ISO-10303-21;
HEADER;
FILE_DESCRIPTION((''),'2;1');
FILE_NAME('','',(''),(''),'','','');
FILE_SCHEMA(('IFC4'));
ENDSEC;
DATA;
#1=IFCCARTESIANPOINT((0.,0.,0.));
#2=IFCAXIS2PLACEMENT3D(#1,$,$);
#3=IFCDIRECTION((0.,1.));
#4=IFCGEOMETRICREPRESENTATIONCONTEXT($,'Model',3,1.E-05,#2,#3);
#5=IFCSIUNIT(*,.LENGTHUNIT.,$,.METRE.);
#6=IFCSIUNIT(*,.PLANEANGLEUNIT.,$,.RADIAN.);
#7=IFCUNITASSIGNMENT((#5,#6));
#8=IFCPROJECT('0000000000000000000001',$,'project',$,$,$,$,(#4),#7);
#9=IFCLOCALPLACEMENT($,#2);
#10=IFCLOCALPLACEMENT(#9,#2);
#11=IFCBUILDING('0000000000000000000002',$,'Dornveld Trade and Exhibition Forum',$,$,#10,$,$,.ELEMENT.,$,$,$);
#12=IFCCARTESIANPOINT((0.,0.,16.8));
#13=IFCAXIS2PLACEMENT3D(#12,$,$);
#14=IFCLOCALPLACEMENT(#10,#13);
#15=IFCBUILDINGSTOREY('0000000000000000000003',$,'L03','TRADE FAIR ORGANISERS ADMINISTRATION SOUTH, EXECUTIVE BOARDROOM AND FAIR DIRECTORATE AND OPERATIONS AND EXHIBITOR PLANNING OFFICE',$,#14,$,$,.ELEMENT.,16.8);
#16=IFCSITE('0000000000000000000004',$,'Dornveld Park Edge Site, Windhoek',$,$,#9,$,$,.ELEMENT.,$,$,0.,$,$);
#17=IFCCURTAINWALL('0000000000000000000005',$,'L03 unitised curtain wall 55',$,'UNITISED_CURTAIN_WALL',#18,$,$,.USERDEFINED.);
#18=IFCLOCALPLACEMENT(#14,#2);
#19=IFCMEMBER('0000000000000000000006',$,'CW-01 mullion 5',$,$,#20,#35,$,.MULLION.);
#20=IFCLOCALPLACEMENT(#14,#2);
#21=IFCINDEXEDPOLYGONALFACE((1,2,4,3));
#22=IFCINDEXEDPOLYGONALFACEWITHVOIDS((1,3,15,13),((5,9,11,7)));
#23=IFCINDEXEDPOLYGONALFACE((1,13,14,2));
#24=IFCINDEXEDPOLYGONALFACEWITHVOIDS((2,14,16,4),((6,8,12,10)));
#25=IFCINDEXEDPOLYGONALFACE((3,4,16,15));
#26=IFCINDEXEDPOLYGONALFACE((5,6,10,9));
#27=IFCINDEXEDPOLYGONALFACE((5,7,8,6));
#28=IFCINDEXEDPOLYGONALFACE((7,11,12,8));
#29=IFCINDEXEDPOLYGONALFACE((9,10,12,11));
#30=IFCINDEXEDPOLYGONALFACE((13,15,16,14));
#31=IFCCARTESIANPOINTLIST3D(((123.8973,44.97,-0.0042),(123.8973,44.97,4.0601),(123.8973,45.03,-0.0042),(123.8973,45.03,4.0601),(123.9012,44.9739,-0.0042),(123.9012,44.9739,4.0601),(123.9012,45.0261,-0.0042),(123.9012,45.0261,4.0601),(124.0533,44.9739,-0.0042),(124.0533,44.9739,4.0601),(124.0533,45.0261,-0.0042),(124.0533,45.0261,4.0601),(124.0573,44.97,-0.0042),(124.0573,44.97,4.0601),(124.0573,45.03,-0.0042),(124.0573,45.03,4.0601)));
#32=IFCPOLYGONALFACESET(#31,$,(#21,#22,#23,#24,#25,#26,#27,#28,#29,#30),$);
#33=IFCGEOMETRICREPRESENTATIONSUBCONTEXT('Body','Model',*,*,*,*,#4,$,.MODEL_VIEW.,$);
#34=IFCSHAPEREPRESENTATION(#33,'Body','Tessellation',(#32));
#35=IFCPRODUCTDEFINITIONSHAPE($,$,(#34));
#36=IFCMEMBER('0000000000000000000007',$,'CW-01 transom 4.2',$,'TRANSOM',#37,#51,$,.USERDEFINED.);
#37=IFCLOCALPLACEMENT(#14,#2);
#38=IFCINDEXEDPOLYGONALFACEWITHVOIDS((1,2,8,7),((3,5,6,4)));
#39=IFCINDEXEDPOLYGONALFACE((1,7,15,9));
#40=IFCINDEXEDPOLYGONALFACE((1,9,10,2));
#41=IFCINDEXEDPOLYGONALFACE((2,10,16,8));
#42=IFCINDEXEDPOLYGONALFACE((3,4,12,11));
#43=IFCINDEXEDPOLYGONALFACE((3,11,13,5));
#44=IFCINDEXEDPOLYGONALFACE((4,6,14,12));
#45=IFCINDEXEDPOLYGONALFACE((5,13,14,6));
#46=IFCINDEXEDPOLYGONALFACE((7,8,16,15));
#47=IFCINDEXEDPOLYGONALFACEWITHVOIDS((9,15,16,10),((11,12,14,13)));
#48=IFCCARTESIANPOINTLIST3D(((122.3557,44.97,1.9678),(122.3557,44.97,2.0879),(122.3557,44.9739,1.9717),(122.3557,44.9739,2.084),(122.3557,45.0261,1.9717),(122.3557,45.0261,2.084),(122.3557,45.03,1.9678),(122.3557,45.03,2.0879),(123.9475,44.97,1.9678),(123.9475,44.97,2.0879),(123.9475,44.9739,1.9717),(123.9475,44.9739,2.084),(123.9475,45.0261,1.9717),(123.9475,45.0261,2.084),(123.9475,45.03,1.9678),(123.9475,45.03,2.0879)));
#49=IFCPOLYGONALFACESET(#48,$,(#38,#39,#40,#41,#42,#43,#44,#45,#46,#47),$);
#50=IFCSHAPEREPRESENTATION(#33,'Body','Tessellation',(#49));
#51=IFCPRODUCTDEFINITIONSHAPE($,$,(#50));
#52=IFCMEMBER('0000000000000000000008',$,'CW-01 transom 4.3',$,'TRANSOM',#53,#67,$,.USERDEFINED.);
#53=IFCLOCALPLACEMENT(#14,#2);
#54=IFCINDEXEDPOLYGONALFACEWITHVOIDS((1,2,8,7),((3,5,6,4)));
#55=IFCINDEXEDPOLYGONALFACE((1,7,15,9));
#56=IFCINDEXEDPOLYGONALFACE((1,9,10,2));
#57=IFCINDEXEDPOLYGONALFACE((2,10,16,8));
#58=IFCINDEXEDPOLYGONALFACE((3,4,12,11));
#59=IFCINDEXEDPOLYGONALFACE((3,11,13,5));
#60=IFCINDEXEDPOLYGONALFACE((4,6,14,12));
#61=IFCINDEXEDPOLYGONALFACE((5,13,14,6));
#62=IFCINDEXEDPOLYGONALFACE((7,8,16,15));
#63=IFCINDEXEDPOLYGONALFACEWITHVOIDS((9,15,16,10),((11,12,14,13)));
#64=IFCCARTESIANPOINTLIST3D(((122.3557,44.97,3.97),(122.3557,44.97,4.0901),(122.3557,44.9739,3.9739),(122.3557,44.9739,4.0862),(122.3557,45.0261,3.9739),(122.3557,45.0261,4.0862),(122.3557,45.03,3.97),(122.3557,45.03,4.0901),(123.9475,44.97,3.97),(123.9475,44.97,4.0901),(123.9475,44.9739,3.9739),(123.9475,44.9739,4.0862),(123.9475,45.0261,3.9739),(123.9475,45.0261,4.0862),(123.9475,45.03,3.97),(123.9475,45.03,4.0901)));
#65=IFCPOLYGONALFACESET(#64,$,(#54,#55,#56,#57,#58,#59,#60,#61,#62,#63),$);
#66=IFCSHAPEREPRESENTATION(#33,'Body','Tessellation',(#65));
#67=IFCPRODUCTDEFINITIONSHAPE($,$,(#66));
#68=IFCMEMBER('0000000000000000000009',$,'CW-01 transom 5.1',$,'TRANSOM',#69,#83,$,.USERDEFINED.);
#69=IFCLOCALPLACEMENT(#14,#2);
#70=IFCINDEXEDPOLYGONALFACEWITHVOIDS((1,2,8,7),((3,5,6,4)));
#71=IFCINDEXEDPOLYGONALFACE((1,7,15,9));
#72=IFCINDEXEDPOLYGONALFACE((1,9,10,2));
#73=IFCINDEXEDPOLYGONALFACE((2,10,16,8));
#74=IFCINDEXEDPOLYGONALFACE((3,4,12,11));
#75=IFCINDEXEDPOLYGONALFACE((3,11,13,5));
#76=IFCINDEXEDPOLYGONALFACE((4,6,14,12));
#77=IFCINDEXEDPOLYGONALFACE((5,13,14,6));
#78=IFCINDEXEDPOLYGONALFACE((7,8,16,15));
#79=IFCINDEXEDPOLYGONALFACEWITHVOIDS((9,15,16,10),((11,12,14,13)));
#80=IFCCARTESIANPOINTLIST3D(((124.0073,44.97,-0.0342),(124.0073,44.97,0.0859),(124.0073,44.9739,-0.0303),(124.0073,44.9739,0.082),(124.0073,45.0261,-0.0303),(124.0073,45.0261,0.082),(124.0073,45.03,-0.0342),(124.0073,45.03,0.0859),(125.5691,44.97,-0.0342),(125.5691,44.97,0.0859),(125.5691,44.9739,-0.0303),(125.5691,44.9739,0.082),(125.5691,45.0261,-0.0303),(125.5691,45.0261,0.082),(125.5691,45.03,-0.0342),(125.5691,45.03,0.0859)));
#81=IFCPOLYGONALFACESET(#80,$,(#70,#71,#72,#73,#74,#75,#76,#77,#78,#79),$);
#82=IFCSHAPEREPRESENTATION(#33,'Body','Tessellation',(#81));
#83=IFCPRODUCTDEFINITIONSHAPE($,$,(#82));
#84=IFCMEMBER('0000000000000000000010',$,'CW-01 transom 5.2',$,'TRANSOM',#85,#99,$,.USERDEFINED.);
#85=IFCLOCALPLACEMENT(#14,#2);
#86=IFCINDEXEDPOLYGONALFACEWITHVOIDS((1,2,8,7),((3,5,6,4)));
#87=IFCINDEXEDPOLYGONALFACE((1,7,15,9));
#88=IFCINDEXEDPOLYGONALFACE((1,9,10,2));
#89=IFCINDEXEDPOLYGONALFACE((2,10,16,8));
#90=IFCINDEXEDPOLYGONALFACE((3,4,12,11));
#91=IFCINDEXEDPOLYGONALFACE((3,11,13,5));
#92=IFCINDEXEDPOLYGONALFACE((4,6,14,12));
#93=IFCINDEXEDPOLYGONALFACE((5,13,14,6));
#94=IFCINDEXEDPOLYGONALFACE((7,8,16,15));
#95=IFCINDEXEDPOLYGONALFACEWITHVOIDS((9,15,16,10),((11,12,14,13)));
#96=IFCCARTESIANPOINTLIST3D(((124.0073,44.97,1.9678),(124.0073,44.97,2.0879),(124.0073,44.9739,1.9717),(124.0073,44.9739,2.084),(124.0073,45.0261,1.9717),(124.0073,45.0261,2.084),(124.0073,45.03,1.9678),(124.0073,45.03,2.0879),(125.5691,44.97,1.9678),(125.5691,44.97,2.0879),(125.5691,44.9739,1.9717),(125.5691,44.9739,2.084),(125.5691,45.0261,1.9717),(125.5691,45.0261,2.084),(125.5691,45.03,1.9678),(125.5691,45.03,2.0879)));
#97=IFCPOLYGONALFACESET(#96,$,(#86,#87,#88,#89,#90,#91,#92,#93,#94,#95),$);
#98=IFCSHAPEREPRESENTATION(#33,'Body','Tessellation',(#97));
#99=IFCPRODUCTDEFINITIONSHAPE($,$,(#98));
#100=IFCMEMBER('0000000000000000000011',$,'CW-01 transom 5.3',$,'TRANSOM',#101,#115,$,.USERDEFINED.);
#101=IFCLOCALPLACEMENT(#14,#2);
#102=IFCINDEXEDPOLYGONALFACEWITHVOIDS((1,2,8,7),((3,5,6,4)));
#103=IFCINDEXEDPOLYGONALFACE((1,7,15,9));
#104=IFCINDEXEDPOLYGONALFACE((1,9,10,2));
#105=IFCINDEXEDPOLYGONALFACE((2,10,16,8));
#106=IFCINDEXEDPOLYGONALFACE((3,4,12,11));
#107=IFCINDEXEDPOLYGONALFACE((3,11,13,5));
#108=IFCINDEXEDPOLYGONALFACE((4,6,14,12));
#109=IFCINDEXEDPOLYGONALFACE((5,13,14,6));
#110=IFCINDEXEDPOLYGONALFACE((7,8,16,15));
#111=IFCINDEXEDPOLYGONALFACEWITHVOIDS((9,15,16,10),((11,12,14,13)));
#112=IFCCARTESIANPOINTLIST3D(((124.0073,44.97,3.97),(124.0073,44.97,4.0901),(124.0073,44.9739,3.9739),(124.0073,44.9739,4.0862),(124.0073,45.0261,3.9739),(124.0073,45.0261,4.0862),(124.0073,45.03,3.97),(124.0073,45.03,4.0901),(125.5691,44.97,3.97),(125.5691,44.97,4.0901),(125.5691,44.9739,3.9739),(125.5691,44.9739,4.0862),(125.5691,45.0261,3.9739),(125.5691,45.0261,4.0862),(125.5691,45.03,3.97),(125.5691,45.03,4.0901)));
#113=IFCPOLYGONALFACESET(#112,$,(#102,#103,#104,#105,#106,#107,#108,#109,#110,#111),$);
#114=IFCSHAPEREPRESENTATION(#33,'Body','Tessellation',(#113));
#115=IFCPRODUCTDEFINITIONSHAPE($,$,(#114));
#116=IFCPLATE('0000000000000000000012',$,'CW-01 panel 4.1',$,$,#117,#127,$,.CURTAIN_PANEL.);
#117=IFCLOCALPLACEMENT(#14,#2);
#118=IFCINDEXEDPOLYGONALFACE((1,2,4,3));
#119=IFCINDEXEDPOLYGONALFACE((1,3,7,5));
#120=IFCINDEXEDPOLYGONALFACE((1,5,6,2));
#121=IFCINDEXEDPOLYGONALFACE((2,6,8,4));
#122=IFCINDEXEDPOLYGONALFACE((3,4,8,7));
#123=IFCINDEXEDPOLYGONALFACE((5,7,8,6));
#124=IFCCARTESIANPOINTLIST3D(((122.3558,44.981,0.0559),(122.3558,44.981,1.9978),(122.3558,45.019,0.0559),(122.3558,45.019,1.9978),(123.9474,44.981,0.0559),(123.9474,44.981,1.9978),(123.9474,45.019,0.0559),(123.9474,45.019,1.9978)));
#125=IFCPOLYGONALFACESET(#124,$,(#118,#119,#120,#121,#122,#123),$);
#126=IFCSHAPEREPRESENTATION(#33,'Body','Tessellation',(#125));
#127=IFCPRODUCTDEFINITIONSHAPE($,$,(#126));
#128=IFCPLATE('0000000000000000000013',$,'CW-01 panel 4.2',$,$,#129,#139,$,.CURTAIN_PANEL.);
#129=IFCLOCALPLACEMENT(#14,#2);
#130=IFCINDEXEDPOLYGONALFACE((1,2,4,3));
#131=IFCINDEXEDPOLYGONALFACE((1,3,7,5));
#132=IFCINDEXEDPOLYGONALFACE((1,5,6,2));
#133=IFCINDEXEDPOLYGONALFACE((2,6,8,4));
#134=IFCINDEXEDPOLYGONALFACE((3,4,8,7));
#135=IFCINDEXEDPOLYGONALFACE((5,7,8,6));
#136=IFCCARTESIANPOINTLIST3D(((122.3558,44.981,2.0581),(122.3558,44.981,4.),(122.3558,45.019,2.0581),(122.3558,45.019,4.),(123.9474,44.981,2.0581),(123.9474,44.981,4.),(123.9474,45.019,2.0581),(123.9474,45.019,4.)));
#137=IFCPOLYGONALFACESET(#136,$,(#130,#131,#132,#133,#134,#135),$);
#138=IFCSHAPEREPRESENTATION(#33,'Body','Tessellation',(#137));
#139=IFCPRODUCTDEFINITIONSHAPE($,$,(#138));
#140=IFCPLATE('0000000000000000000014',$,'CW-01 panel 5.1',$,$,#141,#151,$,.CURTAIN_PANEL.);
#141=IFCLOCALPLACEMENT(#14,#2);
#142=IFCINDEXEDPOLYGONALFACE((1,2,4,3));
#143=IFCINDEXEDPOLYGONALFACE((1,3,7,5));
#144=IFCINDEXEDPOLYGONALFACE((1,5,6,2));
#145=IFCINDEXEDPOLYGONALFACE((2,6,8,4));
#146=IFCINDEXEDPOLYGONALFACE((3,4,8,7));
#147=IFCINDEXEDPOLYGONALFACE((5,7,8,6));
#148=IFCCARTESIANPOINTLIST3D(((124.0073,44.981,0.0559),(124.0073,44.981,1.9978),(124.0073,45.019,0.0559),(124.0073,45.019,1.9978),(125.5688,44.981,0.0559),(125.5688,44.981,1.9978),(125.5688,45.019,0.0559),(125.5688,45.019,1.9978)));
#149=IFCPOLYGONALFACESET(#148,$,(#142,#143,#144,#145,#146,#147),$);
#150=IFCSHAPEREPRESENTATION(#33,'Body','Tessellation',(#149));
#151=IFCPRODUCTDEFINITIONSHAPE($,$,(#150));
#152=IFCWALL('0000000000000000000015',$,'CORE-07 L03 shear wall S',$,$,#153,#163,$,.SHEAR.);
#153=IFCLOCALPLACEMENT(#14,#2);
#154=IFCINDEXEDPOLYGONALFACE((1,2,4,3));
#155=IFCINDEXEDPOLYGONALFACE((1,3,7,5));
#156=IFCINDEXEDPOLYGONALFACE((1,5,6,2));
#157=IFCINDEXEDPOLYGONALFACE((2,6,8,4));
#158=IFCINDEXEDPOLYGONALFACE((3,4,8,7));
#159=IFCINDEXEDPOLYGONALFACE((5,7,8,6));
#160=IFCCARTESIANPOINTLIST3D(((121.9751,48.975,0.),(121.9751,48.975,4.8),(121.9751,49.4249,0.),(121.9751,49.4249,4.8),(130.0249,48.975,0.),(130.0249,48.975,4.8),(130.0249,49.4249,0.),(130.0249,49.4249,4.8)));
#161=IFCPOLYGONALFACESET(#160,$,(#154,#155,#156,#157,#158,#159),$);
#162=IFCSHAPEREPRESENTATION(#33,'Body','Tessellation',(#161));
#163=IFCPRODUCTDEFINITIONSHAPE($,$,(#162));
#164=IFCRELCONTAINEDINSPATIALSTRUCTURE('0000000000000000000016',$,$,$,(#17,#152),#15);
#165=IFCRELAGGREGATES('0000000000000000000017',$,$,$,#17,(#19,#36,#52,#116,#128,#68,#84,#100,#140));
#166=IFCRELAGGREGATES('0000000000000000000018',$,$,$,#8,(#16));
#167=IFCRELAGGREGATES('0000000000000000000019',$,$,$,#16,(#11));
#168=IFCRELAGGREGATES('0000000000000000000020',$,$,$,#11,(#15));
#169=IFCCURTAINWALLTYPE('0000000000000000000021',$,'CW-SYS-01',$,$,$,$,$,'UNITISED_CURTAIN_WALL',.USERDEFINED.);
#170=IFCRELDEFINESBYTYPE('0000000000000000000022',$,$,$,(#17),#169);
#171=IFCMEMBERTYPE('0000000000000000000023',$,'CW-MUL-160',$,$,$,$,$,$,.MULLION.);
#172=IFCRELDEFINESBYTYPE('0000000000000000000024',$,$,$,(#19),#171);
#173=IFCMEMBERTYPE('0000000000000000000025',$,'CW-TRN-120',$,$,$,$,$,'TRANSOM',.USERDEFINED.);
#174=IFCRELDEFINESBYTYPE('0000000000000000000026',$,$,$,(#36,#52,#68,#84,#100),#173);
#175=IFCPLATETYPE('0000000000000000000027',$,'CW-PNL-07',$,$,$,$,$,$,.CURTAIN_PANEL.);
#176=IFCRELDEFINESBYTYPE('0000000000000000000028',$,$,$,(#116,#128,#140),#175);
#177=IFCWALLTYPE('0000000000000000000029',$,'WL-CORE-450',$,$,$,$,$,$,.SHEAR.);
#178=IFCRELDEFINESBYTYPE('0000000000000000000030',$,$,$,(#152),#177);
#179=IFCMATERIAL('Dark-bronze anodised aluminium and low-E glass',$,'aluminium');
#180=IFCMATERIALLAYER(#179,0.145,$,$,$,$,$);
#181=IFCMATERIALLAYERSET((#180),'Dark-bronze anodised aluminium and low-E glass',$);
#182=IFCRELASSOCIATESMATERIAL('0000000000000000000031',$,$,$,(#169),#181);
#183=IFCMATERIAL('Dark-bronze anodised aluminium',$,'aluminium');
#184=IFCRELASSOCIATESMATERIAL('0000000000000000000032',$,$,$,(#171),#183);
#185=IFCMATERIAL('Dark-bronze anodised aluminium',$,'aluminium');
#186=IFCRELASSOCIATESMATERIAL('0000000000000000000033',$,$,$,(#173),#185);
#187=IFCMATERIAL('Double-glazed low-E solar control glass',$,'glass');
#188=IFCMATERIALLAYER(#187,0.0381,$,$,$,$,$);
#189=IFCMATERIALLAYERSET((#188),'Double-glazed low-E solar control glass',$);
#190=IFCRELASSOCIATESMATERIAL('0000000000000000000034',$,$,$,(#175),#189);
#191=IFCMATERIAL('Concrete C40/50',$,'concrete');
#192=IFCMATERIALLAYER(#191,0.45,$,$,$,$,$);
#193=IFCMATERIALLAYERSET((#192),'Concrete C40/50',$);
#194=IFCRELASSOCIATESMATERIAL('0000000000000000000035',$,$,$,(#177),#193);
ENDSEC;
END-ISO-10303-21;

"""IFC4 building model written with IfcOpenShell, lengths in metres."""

from ifc_helpers import new_model, si_unit, direction, frame, frame_2d, origin, origin_2d, place, context, subcontext, project, spatial, rectangle, hollow_rectangle, extrude, material, layer, layer_set, material_profile, profile_set, type_object, element, aggregate, save


model = new_model("IFC4")

# Units and contexts
model_context = context("Model", 3, precision=1e-05, world=origin(), true_north=direction((0.0, 1.0)))
body_context = subcontext(model_context, "Body", "Model", "MODEL_VIEW")
ifc_project = project(units=[si_unit("LENGTHUNIT", "METRE"), si_unit("PLANEANGLEUNIT", "RADIAN")], contexts=[model_context])

# Site, building, storey
site_placement = place(None, origin())
site = spatial("IfcSite", under=ifc_project, at=site_placement, Name="Dornveld Park Edge Site, Windhoek", CompositionType="ELEMENT", RefElevation=0.0)
building_placement = place(site_placement, origin())
building = spatial("IfcBuilding", under=site, at=building_placement, Name="Dornveld Trade and Exhibition Forum", CompositionType="ELEMENT")
storey_placement = place(building_placement, frame((0.0, 0.0, 16.8)))
storey = spatial("IfcBuildingStorey", under=building, at=storey_placement, Name="L03", Description="TRADE FAIR ORGANISERS ADMINISTRATION SOUTH, EXECUTIVE BOARDROOM AND FAIR DIRECTORATE AND OPERATIONS AND EXHIBITOR PLANNING OFFICE", CompositionType="ELEMENT", Elevation=16.8)

# Curtain wall, members, plates
ifc_material_1 = material(Name="Dark-bronze anodised aluminium and low-E glass", Category="aluminium")
ifc_layer_1 = layer(ifc_material_1, 0.145)
ifc_layer_set_1 = layer_set([ifc_layer_1], Name="Dark-bronze anodised aluminium and low-E glass")
curtain_wall_type = type_object("IfcCurtainWallType", Name="CW-SYS-01", ElementType="UNITISED_CURTAIN_WALL", PredefinedType="USERDEFINED", material=ifc_layer_set_1)
curtain_wall_placement = place(storey_placement, origin())
curtain_wall = element("IfcCurtainWall", 1, at=curtain_wall_placement, inside=storey, type_object=curtain_wall_type, Name="L03 unitised curtain wall 55", ObjectType="UNITISED_CURTAIN_WALL", PredefinedType="USERDEFINED")
ifc_material_2 = material(Name="Dark-bronze anodised aluminium", Category="aluminium")
ifc_material_profile_1 = material_profile(ifc_material_2, hollow_rectangle(XDim=0.0601, YDim=0.1599, WallThickness=0.0039, at=origin_2d()), Name="RHS 160x60x4")
ifc_profile_set_1 = profile_set([ifc_material_profile_1], Name="Dark-bronze anodised aluminium")
member_type_1 = type_object("IfcMemberType", Name="CW-MUL-160", PredefinedType="MULLION", material=ifc_profile_set_1)
member_1_placement = place(storey_placement, frame((123.9773, 45.0, -0.0042), z_axis=(0.0, 0.0, 1.0), x_axis=(0.0, 1.0, 0.0)))
member_1 = element("IfcMember", 2, at=member_1_placement, type_object=member_type_1, Name="CW-01 mullion 5", PredefinedType="MULLION", context=body_context, shape_type="SweptSolid", body=[
    extrude(hollow_rectangle(XDim=0.0601, YDim=0.1599, WallThickness=0.0039, at=origin_2d()), origin(), (0.0, 0.0, 1.0), 4.0642),
])
ifc_material_3 = material(Name="Dark-bronze anodised aluminium", Category="aluminium")
ifc_material_profile_2 = material_profile(ifc_material_3, hollow_rectangle(XDim=0.0601, YDim=0.1201, WallThickness=0.0039, at=origin_2d()), Name="RHS 120x60x4")
ifc_profile_set_2 = profile_set([ifc_material_profile_2], Name="Dark-bronze anodised aluminium")
member_type_2 = type_object("IfcMemberType", Name="CW-TRN-120", ElementType="TRANSOM", PredefinedType="USERDEFINED", material=ifc_profile_set_2)
member_2_placement = place(storey_placement, frame((122.3557, 45.0, 2.0278), z_axis=(1.0, 0.0, 0.0), x_axis=(0.0, 1.0, 0.0)))
member_2 = element("IfcMember", 3, at=member_2_placement, type_object=member_type_2, Name="CW-01 transom 4.2", ObjectType="TRANSOM", PredefinedType="USERDEFINED", context=body_context, shape_type="SweptSolid", body=[
    extrude(hollow_rectangle(XDim=0.0601, YDim=0.1201, WallThickness=0.0039, at=origin_2d()), origin(), (0.0, 0.0, 1.0), 1.5918),
])
member_3_placement = place(storey_placement, frame((122.3557, 45.0, 4.03), z_axis=(1.0, 0.0, 0.0), x_axis=(0.0, 1.0, 0.0)))
member_3 = element("IfcMember", 4, at=member_3_placement, type_object=member_type_2, Name="CW-01 transom 4.3", ObjectType="TRANSOM", PredefinedType="USERDEFINED", context=body_context, shape_type="SweptSolid", body=[
    extrude(hollow_rectangle(XDim=0.0601, YDim=0.1201, WallThickness=0.0039, at=origin_2d()), origin(), (0.0, 0.0, 1.0), 1.5918),
])
member_4_placement = place(storey_placement, frame((124.0073, 45.0, 0.0259), z_axis=(1.0, 0.0, 0.0), x_axis=(0.0, 1.0, 0.0)))
member_4 = element("IfcMember", 5, at=member_4_placement, type_object=member_type_2, Name="CW-01 transom 5.1", ObjectType="TRANSOM", PredefinedType="USERDEFINED", context=body_context, shape_type="SweptSolid", body=[
    extrude(hollow_rectangle(XDim=0.0601, YDim=0.1201, WallThickness=0.0039, at=origin_2d()), origin(), (0.0, 0.0, 1.0), 1.5618),
])
member_5_placement = place(storey_placement, frame((124.0073, 45.0, 2.0278), z_axis=(1.0, 0.0, 0.0), x_axis=(0.0, 1.0, 0.0)))
member_5 = element("IfcMember", 6, at=member_5_placement, type_object=member_type_2, Name="CW-01 transom 5.2", ObjectType="TRANSOM", PredefinedType="USERDEFINED", context=body_context, shape_type="SweptSolid", body=[
    extrude(hollow_rectangle(XDim=0.0601, YDim=0.1201, WallThickness=0.0039, at=origin_2d()), origin(), (0.0, 0.0, 1.0), 1.5618),
])
member_6_placement = place(storey_placement, frame((124.0073, 45.0, 4.03), z_axis=(1.0, 0.0, 0.0), x_axis=(0.0, 1.0, 0.0)))
member_6 = element("IfcMember", 7, at=member_6_placement, type_object=member_type_2, Name="CW-01 transom 5.3", ObjectType="TRANSOM", PredefinedType="USERDEFINED", context=body_context, shape_type="SweptSolid", body=[
    extrude(hollow_rectangle(XDim=0.0601, YDim=0.1201, WallThickness=0.0039, at=origin_2d()), origin(), (0.0, 0.0, 1.0), 1.5618),
])
ifc_material_4 = material(Name="Double-glazed low-E solar control glass", Category="glass")
ifc_layer_2 = layer(ifc_material_4, 0.0381)
ifc_layer_set_2 = layer_set([ifc_layer_2], Name="Double-glazed low-E solar control glass")
plate_type = type_object("IfcPlateType", Name="CW-PNL-07", PredefinedType="CURTAIN_PANEL", material=ifc_layer_set_2)
plate_1_placement = place(storey_placement, frame((123.1516, 45.0, 0.0559), z_axis=(0.0, 0.0, 1.0), x_axis=(1.0, 0.0, 0.0)))
plate_1 = element("IfcPlate", 8, at=plate_1_placement, type_object=plate_type, Name="CW-01 panel 4.1", PredefinedType="CURTAIN_PANEL", context=body_context, shape_type="SweptSolid", body=[
    extrude(rectangle(XDim=1.5916, YDim=0.0381, at=origin_2d()), origin(), (0.0, 0.0, 1.0), 1.9419),
])
plate_2_placement = place(storey_placement, frame((123.1516, 45.0, 2.0581), z_axis=(0.0, 0.0, 1.0), x_axis=(1.0, 0.0, 0.0)))
plate_2 = element("IfcPlate", 9, at=plate_2_placement, type_object=plate_type, Name="CW-01 panel 4.2", PredefinedType="CURTAIN_PANEL", context=body_context, shape_type="SweptSolid", body=[
    extrude(rectangle(XDim=1.5916, YDim=0.0381, at=origin_2d()), origin(), (0.0, 0.0, 1.0), 1.9419),
])
plate_3_placement = place(storey_placement, frame((124.7881, 45.0, 0.0559), z_axis=(0.0, 0.0, 1.0), x_axis=(1.0, 0.0, 0.0)))
plate_3 = element("IfcPlate", 10, at=plate_3_placement, type_object=plate_type, Name="CW-01 panel 5.1", PredefinedType="CURTAIN_PANEL", context=body_context, shape_type="SweptSolid", body=[
    extrude(rectangle(XDim=1.5615, YDim=0.0381, at=origin_2d()), origin(), (0.0, 0.0, 1.0), 1.9419),
])
aggregate(curtain_wall, [member_1, member_2, member_3, plate_1, plate_2, member_4, member_5, member_6, plate_3])

# Wall
ifc_material_5 = material(Name="Concrete C40/50", Category="concrete")
ifc_layer_3 = layer(ifc_material_5, 0.45)
ifc_layer_set_3 = layer_set([ifc_layer_3], Name="Concrete C40/50")
wall_type_1 = type_object("IfcWallType", Name="WL-CORE-450", PredefinedType="SHEAR", material=ifc_layer_set_3)
wall_1_placement = place(storey_placement, frame((121.9751, 49.2, 0.0), z_axis=(0.0, 0.0, 1.0), x_axis=(1.0, 0.0, 0.0)))
element("IfcWall", 11, at=wall_1_placement, inside=storey, type_object=wall_type_1, Name="CORE-07 L03 shear wall S", PredefinedType="SHEAR", context=body_context, shape_type="SweptSolid", body=[
    extrude(rectangle(XDim=8.0498, YDim=0.45, at=frame_2d((4.0249, 0.0))), origin(), (0.0, 0.0, 1.0), 4.8),
])

save(model, "model.ifc")
